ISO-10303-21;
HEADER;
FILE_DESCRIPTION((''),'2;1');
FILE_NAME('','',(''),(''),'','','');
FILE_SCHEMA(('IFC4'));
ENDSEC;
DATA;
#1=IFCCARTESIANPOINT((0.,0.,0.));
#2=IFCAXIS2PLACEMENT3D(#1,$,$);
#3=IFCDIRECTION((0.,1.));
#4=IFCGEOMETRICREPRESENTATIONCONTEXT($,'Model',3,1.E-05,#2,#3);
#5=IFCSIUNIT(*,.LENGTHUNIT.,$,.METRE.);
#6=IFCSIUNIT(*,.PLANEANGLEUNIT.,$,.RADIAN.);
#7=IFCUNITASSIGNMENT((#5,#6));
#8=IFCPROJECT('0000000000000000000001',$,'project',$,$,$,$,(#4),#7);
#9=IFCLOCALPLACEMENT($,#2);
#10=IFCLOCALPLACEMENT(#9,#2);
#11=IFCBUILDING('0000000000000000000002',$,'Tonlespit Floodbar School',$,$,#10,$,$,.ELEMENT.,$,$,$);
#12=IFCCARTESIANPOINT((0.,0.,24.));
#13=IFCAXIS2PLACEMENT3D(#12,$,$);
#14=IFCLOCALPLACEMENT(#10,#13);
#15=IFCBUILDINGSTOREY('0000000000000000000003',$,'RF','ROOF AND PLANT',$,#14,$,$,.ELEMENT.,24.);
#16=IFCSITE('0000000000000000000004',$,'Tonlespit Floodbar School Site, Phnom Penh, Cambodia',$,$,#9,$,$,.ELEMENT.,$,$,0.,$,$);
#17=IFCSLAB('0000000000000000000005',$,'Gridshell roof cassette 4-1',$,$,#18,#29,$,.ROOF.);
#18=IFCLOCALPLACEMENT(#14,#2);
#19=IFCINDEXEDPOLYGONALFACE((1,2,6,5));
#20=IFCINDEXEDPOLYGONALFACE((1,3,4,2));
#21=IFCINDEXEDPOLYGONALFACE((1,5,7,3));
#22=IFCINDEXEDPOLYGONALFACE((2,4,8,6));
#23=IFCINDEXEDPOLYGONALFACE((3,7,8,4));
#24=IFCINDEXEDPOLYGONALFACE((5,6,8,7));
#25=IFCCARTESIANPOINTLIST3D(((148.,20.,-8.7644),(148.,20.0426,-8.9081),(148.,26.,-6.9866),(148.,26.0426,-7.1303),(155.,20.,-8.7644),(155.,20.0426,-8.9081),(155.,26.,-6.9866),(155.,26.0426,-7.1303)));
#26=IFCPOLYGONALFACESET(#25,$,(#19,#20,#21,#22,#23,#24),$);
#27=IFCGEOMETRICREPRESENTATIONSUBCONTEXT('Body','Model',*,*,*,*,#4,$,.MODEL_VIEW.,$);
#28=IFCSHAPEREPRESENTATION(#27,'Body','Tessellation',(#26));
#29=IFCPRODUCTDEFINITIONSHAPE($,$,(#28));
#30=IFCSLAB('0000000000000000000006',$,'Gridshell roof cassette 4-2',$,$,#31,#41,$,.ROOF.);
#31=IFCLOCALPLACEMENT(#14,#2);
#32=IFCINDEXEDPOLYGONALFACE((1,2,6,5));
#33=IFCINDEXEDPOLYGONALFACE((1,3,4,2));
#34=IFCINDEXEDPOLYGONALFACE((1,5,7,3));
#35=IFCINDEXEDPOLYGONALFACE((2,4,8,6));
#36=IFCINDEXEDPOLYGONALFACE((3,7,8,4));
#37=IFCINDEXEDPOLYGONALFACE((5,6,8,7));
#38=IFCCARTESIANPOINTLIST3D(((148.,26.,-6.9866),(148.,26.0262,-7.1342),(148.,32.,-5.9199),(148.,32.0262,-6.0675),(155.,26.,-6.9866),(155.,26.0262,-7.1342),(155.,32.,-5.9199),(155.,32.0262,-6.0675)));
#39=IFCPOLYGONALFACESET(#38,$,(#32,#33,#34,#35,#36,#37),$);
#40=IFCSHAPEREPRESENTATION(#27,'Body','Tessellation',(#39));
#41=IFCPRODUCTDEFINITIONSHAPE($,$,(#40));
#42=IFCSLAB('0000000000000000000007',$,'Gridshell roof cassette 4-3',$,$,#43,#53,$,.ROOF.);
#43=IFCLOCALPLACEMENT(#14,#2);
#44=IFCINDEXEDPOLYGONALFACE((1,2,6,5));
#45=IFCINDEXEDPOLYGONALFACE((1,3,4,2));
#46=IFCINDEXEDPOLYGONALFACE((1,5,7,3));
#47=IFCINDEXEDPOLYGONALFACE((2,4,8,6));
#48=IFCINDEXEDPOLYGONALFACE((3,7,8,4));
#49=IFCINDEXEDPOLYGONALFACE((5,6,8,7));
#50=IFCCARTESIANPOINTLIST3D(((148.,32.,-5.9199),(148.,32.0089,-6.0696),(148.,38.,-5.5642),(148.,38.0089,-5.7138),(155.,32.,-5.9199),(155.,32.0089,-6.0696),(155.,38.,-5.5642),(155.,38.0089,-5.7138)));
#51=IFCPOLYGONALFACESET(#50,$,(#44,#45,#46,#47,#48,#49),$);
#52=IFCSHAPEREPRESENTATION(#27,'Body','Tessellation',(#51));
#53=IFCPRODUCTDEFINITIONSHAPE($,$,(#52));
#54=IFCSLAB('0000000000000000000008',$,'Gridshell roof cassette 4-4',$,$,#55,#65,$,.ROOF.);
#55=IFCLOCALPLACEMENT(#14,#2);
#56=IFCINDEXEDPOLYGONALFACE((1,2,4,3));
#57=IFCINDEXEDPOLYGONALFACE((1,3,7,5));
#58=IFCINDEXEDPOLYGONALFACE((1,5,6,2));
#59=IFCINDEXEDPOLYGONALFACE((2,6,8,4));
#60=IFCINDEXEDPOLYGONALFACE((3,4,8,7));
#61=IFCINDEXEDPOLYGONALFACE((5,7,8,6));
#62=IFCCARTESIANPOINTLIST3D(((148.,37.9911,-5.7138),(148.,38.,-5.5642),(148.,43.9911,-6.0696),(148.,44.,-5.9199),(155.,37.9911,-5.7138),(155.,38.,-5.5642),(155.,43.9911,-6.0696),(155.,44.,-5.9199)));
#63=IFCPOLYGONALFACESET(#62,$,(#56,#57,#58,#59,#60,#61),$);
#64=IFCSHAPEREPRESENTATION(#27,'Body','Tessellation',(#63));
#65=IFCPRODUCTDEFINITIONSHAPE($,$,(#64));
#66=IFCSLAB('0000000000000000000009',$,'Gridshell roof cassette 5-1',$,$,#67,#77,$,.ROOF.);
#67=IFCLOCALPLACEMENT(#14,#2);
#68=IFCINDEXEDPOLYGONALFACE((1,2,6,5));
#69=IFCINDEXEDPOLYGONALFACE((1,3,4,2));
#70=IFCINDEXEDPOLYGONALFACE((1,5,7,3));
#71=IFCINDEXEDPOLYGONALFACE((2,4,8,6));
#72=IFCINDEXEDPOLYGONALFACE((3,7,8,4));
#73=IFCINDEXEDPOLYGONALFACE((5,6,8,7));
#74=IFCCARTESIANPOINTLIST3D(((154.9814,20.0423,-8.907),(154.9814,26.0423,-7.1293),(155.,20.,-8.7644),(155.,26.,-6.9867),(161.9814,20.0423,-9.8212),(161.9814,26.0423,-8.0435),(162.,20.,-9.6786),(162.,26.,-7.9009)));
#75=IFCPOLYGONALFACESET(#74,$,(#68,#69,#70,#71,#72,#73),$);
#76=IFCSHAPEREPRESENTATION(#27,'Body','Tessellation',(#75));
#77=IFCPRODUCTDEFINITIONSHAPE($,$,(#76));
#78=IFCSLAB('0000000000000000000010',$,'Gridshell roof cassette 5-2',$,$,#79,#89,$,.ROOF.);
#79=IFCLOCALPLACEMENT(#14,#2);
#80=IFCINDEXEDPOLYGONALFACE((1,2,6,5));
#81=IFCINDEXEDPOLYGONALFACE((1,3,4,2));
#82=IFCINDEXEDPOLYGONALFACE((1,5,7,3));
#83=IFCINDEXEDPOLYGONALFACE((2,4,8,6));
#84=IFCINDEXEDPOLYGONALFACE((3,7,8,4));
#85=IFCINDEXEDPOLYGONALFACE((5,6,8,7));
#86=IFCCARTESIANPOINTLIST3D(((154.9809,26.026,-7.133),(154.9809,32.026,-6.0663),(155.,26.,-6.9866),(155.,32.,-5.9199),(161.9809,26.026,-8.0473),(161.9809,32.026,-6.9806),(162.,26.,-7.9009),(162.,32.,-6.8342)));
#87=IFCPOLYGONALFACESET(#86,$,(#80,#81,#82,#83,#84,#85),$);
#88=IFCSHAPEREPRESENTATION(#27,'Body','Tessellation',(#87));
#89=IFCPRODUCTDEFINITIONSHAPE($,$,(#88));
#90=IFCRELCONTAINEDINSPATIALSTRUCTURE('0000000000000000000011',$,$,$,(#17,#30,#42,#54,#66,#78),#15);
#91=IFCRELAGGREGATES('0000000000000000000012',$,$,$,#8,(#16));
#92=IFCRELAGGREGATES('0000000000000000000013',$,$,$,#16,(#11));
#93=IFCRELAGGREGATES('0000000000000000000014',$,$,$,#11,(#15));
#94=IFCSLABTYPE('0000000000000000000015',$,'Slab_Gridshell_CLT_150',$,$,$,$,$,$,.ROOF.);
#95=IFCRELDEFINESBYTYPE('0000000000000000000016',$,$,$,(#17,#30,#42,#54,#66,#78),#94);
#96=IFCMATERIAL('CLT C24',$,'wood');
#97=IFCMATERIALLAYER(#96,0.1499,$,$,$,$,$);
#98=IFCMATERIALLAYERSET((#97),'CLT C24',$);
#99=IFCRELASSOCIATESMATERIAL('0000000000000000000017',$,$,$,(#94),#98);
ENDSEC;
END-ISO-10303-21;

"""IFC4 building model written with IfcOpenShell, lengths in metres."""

from ifc_helpers import new_model, si_unit, direction, frame, origin, place, context, subcontext, project, spatial, polyline, outline, extrude, material, layer, layer_set, type_object, element, save


model = new_model("IFC4")

# Units and contexts
model_context = context("Model", 3, precision=1e-05, world=origin(), true_north=direction((0.0, 1.0)))
body_context = subcontext(model_context, "Body", "Model", "MODEL_VIEW")
ifc_project = project(units=[si_unit("LENGTHUNIT", "METRE"), si_unit("PLANEANGLEUNIT", "RADIAN")], contexts=[model_context])

# Site, building, storey
site_placement = place(None, origin())
site = spatial("IfcSite", under=ifc_project, at=site_placement, Name="Tonlespit Floodbar School Site, Phnom Penh, Cambodia", CompositionType="ELEMENT", RefElevation=0.0)
building_placement = place(site_placement, origin())
building = spatial("IfcBuilding", under=site, at=building_placement, Name="Tonlespit Floodbar School", CompositionType="ELEMENT")
storey_placement = place(building_placement, frame((0.0, 0.0, 24.0)))
storey = spatial("IfcBuildingStorey", under=building, at=storey_placement, Name="RF", Description="ROOF AND PLANT", CompositionType="ELEMENT", Elevation=24.0)

# Slabs
ifc_material_1 = material(Name="CLT C24", Category="wood")
ifc_layer_1 = layer(ifc_material_1, 0.1499)
ifc_layer_set_1 = layer_set([ifc_layer_1], Name="CLT C24")
slab_type = type_object("IfcSlabType", Name="Slab_Gridshell_CLT_150", PredefinedType="ROOF", material=ifc_layer_set_1)
slab_1_placement = place(storey_placement, frame((148.0, 20.0, -8.7644), z_axis=(0.0, -0.284096, 0.958796), x_axis=(1.0, 0.0, 0.0)))
element("IfcSlab", 1, at=slab_1_placement, inside=storey, type_object=slab_type, Name="Gridshell roof cassette 4-1", PredefinedType="ROOF", context=body_context, shape_type="SweptSolid", body=[
    extrude(outline(polyline([(0.0, 0.0), (7.0, 0.0), (7.0, 6.2579), (0.0, 6.2579), (0.0, 0.0)])), origin(), (0.0, 0.0, -1.0), 0.1499),
])
slab_2_placement = place(storey_placement, frame((148.0, 26.0, -6.9866), z_axis=(0.0, -0.175031, 0.984563), x_axis=(1.0, 0.0, 0.0)))
element("IfcSlab", 2, at=slab_2_placement, inside=storey, type_object=slab_type, Name="Gridshell roof cassette 4-2", PredefinedType="ROOF", context=body_context, shape_type="SweptSolid", body=[
    extrude(outline(polyline([(0.0, 0.0), (7.0, 0.0), (7.0, 6.0941), (0.0, 6.0941), (0.0, 0.0)])), origin(), (0.0, 0.0, -1.0), 0.1499),
])
for number, where, z_axis, x_axis, name in (
    (3, (148.0, 32.0, -5.9199), (0.0, -0.059182, 0.998247), (1.0, 0.0, 0.0), "Gridshell roof cassette 4-3"),
    (4, (148.0, 38.0, -5.5642), (0.0, 0.059182, 0.998247), (1.0, 0.0, 0.0), "Gridshell roof cassette 4-4"),
):
    element("IfcSlab", number, at=place(storey_placement, frame(where, z_axis=z_axis, x_axis=x_axis)), inside=storey, type_object=slab_type, Name=name, PredefinedType="ROOF", context=body_context, shape_type="SweptSolid", body=[
        extrude(outline(polyline([(0.0, 0.0), (7.0, 0.0), (7.0, 6.0105), (0.0, 6.0105), (0.0, 0.0)])), origin(), (0.0, 0.0, -1.0), 0.1499),
    ])
slab_3_placement = place(storey_placement, frame((155.0, 20.0, -8.7644), z_axis=(0.124247, -0.281877, 0.951372), x_axis=(0.99158, 0.000005, -0.129497)))
element("IfcSlab", 5, at=slab_3_placement, inside=storey, type_object=slab_type, Name="Gridshell roof cassette 5-1", PredefinedType="ROOF", context=body_context, shape_type="SweptSolid", body=[
    extrude(outline(polyline([(0.0, 0.0), (7.0594, 0.0), (6.8293, 6.2535), (-0.2302, 6.2536), (0.0, 0.0)])), origin(), (0.0, 0.0, -1.0), 0.1499),
])
slab_4_placement = place(storey_placement, frame((155.0, 26.0, -6.9866), z_axis=(0.127549, -0.173601, 0.976521), x_axis=(0.991577, 0.0, -0.129515)))
element("IfcSlab", 6, at=slab_4_placement, inside=storey, type_object=slab_type, Name="Gridshell roof cassette 5-2", PredefinedType="ROOF", context=body_context, shape_type="SweptSolid", body=[
    extrude(outline(polyline([(0.0, 0.0), (7.0595, 0.0), (6.9213, 6.0925), (-0.1381, 6.0925), (0.0, 0.0)])), origin(), (0.0, 0.0, -1.0), 0.1499),
])

save(model, "model.ifc")
